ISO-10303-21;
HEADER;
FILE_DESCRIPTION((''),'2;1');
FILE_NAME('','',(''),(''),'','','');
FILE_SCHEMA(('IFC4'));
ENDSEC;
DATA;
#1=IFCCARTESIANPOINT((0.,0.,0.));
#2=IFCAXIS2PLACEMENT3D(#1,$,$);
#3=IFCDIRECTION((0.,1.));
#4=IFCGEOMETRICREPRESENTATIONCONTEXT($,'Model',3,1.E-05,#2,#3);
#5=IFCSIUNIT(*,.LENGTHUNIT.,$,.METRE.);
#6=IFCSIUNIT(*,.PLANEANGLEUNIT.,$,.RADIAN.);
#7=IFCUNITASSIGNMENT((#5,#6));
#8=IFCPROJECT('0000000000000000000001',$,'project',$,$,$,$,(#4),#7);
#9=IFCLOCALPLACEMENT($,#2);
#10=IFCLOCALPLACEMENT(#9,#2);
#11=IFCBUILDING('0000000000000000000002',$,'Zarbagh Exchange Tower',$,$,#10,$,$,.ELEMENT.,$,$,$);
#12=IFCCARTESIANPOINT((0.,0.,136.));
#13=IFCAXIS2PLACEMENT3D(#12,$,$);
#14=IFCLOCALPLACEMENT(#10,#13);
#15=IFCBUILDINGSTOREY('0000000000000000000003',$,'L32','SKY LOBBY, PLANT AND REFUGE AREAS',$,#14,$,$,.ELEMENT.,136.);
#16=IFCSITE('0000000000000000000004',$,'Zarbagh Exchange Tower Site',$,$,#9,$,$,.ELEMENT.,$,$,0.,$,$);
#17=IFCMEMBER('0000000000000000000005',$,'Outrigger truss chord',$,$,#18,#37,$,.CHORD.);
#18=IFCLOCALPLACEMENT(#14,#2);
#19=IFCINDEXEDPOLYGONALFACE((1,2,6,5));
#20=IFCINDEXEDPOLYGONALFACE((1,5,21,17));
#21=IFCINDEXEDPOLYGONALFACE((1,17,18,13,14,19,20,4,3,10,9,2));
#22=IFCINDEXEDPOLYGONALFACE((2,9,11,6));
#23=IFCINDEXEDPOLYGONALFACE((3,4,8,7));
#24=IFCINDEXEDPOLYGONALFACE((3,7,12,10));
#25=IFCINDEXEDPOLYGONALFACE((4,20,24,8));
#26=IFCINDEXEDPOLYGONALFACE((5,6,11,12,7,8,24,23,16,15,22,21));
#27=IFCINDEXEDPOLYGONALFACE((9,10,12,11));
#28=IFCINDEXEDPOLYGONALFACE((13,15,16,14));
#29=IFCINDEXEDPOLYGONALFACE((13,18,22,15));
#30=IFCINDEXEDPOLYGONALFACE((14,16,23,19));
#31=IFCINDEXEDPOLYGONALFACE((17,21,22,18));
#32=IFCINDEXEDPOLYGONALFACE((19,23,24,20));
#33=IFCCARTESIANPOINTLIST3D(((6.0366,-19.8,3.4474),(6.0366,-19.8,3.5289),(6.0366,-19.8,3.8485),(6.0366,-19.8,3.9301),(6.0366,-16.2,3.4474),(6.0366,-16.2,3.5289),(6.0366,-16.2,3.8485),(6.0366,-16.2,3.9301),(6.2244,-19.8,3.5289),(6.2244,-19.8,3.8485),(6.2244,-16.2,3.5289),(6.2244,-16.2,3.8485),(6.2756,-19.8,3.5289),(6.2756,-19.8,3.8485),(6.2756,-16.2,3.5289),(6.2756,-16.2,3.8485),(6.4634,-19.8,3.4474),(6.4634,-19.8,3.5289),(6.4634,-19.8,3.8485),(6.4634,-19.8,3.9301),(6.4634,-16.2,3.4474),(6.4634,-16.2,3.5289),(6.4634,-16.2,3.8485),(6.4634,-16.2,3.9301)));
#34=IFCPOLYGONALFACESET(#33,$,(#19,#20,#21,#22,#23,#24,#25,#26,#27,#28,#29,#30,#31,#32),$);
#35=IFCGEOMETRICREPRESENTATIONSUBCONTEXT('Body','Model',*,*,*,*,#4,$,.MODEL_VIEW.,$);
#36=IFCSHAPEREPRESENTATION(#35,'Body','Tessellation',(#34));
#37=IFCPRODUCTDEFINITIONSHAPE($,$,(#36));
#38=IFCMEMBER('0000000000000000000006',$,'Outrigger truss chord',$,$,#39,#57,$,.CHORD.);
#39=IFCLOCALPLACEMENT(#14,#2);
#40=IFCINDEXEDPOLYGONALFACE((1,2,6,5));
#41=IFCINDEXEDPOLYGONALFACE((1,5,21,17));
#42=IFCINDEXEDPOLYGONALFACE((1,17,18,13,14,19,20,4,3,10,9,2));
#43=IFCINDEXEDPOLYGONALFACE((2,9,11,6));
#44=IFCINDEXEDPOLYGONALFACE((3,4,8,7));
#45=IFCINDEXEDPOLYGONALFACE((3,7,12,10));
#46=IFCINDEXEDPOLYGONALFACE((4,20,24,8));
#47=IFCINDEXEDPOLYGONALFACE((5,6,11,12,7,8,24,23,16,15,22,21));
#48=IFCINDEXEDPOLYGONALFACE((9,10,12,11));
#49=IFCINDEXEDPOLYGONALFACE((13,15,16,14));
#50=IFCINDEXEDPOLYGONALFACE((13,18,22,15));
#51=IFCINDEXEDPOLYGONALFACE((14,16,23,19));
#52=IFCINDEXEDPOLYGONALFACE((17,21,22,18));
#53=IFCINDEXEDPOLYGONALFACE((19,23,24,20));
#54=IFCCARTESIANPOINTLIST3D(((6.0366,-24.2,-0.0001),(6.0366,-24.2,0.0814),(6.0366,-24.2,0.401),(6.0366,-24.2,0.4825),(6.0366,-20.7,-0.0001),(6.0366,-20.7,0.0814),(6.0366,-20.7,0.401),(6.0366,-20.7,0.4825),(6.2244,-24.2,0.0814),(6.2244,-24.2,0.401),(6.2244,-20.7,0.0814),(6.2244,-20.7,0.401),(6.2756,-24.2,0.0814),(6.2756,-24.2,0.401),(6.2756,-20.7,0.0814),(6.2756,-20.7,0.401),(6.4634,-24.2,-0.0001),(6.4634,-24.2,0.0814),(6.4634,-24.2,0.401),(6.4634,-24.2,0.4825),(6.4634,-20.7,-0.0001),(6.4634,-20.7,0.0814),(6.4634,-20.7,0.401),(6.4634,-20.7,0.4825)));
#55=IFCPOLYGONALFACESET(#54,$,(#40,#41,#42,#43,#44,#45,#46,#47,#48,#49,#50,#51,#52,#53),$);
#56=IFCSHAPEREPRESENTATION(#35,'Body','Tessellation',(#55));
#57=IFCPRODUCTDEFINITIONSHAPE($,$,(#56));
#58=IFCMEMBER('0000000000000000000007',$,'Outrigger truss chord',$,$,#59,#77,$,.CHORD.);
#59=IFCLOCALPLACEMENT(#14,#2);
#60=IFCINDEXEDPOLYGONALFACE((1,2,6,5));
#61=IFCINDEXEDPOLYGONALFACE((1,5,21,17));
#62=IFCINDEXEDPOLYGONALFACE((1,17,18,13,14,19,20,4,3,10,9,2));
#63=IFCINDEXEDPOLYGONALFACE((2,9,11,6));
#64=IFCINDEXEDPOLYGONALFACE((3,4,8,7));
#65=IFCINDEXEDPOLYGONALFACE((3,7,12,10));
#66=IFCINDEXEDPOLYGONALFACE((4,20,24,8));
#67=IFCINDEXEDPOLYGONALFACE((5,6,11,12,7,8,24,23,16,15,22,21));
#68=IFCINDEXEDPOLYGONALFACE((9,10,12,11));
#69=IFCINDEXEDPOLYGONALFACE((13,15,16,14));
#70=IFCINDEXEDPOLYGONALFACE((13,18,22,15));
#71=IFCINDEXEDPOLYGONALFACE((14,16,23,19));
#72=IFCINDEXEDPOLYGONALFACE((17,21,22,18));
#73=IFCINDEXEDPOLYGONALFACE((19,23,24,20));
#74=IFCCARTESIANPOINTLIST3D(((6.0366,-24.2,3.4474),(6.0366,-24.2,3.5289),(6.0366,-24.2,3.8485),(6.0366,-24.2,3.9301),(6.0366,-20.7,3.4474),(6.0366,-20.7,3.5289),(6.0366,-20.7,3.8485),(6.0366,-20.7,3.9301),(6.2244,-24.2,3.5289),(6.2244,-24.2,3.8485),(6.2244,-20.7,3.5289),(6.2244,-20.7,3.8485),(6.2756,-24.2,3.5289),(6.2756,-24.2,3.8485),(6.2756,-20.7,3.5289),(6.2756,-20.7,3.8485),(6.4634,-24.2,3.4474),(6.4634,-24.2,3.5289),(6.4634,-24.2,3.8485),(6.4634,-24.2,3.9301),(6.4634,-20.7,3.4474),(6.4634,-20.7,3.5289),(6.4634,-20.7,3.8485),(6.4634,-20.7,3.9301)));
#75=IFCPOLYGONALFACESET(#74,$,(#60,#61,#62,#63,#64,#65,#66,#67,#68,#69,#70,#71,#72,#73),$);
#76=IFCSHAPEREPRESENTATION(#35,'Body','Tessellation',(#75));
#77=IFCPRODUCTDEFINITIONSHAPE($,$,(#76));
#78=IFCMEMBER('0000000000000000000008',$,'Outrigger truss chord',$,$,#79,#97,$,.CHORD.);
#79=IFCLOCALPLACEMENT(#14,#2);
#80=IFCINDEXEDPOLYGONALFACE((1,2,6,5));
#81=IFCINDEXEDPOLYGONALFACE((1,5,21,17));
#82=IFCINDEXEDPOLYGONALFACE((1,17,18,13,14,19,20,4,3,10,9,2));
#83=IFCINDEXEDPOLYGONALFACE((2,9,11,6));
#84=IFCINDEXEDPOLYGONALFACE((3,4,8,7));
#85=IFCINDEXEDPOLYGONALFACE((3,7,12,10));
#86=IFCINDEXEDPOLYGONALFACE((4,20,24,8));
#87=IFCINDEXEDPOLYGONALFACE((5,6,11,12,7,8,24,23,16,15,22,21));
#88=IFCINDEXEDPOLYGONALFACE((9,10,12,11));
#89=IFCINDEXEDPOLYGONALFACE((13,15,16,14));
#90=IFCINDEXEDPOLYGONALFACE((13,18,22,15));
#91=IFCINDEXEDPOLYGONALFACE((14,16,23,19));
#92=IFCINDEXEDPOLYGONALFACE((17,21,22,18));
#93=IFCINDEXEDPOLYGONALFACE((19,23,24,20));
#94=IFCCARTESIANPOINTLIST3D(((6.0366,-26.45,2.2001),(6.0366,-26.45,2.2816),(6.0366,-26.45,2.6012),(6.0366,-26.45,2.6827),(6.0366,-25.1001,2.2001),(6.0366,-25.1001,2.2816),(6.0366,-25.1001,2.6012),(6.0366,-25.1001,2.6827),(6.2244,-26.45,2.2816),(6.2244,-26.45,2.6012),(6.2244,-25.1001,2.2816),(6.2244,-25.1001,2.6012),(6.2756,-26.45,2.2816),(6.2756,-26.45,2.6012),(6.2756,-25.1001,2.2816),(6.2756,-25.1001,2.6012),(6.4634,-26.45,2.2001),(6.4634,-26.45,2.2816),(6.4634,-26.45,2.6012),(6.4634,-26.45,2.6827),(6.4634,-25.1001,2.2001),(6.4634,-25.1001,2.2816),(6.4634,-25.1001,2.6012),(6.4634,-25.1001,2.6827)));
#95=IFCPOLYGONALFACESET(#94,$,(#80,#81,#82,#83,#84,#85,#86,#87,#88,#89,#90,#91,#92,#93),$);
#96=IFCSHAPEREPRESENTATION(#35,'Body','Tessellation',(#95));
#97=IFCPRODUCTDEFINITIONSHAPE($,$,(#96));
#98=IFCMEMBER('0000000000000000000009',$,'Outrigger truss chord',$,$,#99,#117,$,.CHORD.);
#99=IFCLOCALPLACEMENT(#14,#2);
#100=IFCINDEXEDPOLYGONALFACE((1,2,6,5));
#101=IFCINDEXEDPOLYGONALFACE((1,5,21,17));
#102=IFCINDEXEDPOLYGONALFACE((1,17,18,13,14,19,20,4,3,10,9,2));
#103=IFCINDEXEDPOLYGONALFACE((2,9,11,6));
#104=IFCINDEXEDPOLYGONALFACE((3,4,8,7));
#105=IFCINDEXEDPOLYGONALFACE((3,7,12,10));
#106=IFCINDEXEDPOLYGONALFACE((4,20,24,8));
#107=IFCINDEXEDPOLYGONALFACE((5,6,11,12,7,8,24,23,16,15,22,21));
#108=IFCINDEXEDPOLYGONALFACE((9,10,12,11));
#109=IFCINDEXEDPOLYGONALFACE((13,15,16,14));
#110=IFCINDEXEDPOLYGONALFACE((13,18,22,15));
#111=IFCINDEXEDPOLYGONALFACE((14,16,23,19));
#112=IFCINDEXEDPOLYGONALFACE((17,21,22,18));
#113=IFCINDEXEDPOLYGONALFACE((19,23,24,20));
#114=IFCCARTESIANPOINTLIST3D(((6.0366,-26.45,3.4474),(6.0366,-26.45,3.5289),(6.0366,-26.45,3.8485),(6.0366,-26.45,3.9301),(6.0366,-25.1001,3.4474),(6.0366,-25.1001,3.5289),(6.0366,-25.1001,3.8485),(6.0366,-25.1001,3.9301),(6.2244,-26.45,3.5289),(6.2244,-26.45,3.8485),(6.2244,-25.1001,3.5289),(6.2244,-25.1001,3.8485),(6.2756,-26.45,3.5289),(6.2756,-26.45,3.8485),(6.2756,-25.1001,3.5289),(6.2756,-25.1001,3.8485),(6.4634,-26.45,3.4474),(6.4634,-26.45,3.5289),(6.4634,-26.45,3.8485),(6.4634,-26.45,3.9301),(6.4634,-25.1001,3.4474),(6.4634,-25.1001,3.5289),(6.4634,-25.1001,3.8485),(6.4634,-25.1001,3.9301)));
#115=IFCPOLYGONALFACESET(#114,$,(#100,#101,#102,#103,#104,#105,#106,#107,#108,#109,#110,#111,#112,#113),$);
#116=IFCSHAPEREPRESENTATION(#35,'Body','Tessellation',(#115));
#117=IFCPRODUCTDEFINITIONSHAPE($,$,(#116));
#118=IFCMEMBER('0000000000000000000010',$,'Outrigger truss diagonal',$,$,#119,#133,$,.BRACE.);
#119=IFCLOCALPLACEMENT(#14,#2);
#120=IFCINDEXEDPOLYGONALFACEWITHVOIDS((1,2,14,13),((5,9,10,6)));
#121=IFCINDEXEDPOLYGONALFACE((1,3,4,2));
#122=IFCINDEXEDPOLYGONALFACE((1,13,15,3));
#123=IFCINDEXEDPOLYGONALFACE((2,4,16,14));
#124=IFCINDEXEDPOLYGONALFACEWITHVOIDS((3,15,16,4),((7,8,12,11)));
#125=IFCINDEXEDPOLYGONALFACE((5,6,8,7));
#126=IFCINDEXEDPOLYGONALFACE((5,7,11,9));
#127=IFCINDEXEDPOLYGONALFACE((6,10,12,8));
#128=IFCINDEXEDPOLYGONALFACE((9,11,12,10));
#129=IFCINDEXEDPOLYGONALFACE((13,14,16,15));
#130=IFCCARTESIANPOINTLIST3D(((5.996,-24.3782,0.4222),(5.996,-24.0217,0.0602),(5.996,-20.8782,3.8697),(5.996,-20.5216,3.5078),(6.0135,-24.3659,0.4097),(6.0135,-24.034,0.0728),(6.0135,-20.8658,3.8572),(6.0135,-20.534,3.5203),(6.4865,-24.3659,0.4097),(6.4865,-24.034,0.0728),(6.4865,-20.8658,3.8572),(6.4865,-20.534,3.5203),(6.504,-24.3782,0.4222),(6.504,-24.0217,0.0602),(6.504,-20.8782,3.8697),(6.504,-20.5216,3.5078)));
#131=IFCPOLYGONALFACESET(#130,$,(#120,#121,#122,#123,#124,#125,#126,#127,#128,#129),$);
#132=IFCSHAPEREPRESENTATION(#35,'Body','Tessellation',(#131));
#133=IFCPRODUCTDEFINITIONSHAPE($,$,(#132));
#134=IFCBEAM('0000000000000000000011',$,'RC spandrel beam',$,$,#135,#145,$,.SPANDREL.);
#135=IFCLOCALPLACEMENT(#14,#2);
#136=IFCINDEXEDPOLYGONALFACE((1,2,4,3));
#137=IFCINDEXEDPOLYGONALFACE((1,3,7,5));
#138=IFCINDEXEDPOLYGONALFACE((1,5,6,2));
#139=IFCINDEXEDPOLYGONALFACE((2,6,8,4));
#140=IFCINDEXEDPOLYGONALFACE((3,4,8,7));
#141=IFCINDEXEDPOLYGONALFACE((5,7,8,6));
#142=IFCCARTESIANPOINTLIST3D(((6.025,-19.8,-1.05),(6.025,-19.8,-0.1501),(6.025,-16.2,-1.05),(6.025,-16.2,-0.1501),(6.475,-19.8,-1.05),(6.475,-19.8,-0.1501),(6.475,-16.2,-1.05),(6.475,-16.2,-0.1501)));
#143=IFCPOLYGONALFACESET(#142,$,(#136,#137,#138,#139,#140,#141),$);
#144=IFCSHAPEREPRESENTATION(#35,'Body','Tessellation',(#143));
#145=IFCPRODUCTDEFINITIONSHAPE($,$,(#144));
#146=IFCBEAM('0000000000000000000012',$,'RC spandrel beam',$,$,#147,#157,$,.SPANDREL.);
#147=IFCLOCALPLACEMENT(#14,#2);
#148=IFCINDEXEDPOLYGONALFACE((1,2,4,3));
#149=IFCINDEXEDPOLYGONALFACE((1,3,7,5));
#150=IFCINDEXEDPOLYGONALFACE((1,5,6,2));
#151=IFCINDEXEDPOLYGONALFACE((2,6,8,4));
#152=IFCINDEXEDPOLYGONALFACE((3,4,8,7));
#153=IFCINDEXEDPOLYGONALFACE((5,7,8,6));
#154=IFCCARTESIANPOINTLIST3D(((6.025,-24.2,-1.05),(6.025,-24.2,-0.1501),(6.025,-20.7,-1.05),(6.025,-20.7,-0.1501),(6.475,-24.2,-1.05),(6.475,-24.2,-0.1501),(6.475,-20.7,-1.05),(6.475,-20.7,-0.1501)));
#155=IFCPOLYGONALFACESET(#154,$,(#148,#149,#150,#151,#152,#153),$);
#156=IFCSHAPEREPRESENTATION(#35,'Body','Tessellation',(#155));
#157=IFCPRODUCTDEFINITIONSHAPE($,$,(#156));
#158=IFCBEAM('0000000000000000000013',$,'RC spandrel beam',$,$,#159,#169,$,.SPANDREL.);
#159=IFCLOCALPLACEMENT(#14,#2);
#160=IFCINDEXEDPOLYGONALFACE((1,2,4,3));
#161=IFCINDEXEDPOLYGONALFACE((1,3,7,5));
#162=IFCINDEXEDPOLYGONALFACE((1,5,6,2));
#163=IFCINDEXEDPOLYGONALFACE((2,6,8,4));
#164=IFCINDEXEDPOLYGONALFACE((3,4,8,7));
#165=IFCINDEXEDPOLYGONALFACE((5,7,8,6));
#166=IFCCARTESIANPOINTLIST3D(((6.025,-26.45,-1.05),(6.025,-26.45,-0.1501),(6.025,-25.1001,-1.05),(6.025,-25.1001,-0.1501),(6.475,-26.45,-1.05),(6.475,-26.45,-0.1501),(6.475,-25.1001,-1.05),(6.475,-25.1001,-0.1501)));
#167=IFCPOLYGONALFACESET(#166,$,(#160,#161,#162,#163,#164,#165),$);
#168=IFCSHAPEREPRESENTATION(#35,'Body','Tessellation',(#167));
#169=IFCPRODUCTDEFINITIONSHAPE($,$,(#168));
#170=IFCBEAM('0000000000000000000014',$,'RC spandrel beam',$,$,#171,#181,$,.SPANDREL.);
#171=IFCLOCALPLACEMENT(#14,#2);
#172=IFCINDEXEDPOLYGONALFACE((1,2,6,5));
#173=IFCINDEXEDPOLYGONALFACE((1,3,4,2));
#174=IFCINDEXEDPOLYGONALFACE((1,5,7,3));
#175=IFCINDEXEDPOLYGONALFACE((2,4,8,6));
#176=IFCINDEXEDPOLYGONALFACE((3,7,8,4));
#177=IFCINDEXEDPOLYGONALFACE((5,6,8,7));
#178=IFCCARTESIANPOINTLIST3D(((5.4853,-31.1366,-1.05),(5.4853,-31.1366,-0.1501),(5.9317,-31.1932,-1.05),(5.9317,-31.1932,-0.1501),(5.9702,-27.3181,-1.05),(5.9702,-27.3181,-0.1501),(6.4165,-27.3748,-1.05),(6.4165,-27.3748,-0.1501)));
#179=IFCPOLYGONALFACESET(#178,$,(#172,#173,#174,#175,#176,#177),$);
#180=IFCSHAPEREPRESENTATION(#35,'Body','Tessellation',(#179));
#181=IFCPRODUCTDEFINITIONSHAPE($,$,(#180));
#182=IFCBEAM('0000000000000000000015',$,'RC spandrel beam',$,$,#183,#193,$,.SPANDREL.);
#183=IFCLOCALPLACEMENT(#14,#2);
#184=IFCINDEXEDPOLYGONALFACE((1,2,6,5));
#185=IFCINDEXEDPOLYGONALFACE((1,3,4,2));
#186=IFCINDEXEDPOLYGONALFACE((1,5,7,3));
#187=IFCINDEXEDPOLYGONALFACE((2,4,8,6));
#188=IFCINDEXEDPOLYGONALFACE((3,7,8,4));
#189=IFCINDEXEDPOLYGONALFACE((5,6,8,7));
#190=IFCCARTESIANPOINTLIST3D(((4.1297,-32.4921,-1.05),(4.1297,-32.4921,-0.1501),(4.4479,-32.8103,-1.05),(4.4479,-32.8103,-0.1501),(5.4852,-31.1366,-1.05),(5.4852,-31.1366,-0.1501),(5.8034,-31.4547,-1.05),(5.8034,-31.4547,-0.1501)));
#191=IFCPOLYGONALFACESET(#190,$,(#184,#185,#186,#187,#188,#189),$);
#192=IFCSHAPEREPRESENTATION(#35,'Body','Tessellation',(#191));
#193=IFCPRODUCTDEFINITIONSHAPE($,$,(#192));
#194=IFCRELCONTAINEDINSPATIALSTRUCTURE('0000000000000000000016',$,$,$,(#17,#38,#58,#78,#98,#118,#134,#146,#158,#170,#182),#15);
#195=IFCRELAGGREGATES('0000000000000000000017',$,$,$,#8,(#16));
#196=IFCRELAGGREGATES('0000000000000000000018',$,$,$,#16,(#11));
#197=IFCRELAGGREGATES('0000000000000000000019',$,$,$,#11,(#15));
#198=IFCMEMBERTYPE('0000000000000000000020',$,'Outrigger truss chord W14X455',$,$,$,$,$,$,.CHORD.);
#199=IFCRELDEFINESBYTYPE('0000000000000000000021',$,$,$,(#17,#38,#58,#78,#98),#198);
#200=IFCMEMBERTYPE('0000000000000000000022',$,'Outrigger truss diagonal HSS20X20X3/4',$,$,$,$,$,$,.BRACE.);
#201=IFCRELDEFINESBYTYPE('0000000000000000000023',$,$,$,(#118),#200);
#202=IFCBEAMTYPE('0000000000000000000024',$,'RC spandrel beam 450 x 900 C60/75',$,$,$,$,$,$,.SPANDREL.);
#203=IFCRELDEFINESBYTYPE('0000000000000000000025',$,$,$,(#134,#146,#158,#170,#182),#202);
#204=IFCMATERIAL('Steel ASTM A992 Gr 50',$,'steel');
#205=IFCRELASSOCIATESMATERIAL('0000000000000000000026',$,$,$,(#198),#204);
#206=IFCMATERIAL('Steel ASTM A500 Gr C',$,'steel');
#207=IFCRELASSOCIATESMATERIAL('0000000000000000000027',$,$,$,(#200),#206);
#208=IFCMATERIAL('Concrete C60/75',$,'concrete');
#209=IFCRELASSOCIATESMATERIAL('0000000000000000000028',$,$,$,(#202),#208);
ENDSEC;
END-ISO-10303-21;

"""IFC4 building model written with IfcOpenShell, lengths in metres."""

from ifc_helpers import new_model, si_unit, direction, frame, origin, origin_2d, place, context, subcontext, project, spatial, rectangle, hollow_rectangle, i_section, extrude, material, material_profile, profile_set, type_object, element, save


model = new_model("IFC4")

# Units and contexts
model_context = context("Model", 3, precision=1e-05, world=origin(), true_north=direction((0.0, 1.0)))
body_context = subcontext(model_context, "Body", "Model", "MODEL_VIEW")
ifc_project = project(units=[si_unit("LENGTHUNIT", "METRE"), si_unit("PLANEANGLEUNIT", "RADIAN")], contexts=[model_context])

# Site, building, storey
site_placement = place(None, origin())
site = spatial("IfcSite", under=ifc_project, at=site_placement, Name="Zarbagh Exchange Tower Site", CompositionType="ELEMENT", RefElevation=0.0)
building_placement = place(site_placement, origin())
building = spatial("IfcBuilding", under=site, at=building_placement, Name="Zarbagh Exchange Tower", CompositionType="ELEMENT")
storey_placement = place(building_placement, frame((0.0, 0.0, 136.0)))
storey = spatial("IfcBuildingStorey", under=building, at=storey_placement, Name="L32", Description="SKY LOBBY, PLANT AND REFUGE AREAS", CompositionType="ELEMENT", Elevation=136.0)

# Shared definitions
ifc_material_1 = material(Name="Concrete C60/75", Category="concrete")

# Members
ifc_material_2 = material(Name="Steel ASTM A992 Gr 50", Category="steel")
ifc_material_3 = material(Name="Steel ASTM A500 Gr C", Category="steel")
ifc_material_profile_1 = material_profile(ifc_material_2, i_section(OverallWidth=0.4268, OverallDepth=0.4827, WebThickness=0.0513, FlangeThickness=0.0815, at=origin_2d()), Name="W14X455")
ifc_profile_set_1 = profile_set([ifc_material_profile_1], Name="Steel ASTM A992 Gr 50")
member_type_1 = type_object("IfcMemberType", Name="Outrigger truss chord W14X455", PredefinedType="CHORD", material=ifc_profile_set_1)
for number, where, z_axis, x_axis, name in (
    (1, (6.25, -16.2, 3.6887), (0.0, -1.0, 0.0), (1.0, 0.0, 0.0), "Outrigger truss chord"),
):
    element("IfcMember", number, at=place(storey_placement, frame(where, z_axis=z_axis, x_axis=x_axis)), inside=storey, type_object=member_type_1, Name=name, PredefinedType="CHORD", context=body_context, shape_type="SweptSolid", body=[
        extrude(i_section(OverallWidth=0.4268, OverallDepth=0.4827, WebThickness=0.0513, FlangeThickness=0.0815, at=origin_2d()), origin(), (0.0, 0.0, 1.0), 3.6001),
    ])
for number, where, z_axis, x_axis, name in (
    (2, (6.25, -20.7, 0.2412), (0.0, -1.0, 0.0), (1.0, 0.0, 0.0), "Outrigger truss chord"),
    (3, (6.25, -20.7, 3.6887), (0.0, -1.0, 0.0), (1.0, 0.0, 0.0), "Outrigger truss chord"),
):
    element("IfcMember", number, at=place(storey_placement, frame(where, z_axis=z_axis, x_axis=x_axis)), inside=storey, type_object=member_type_1, Name=name, PredefinedType="CHORD", context=body_context, shape_type="SweptSolid", body=[
        extrude(i_section(OverallWidth=0.4268, OverallDepth=0.4827, WebThickness=0.0513, FlangeThickness=0.0815, at=origin_2d()), origin(), (0.0, 0.0, 1.0), 3.5),
    ])
for number, where, z_axis, x_axis, name in (
    (4, (6.25, -25.1001, 2.4414), (0.0, -1.0, 0.0), (1.0, 0.0, 0.0), "Outrigger truss chord"),
    (5, (6.25, -25.1001, 3.6887), (0.0, -1.0, 0.0), (1.0, 0.0, 0.0), "Outrigger truss chord"),
):
    element("IfcMember", number, at=place(storey_placement, frame(where, z_axis=z_axis, x_axis=x_axis)), inside=storey, type_object=member_type_1, Name=name, PredefinedType="CHORD", context=body_context, shape_type="SweptSolid", body=[
        extrude(i_section(OverallWidth=0.4268, OverallDepth=0.4827, WebThickness=0.0513, FlangeThickness=0.0815, at=origin_2d()), origin(), (0.0, 0.0, 1.0), 1.3499),
    ])
ifc_material_profile_2 = material_profile(ifc_material_3, hollow_rectangle(XDim=0.5081, YDim=0.5081, WallThickness=0.0176, at=origin_2d()), Name="HSS20X20X3/4")
ifc_profile_set_2 = profile_set([ifc_material_profile_2], Name="Steel ASTM A500 Gr C")
member_type_2 = type_object("IfcMemberType", Name="Outrigger truss diagonal HSS20X20X3/4", PredefinedType="BRACE", material=ifc_profile_set_2)
member_1_placement = place(storey_placement, frame((6.25, -24.2, 0.2412), z_axis=(0.0, 0.712429, 0.701744), x_axis=(-1.0, 0.0, 0.0)))
element("IfcMember", 6, at=member_1_placement, inside=storey, type_object=member_type_2, Name="Outrigger truss diagonal", PredefinedType="BRACE", context=body_context, shape_type="SweptSolid", body=[
    extrude(hollow_rectangle(XDim=0.5081, YDim=0.5081, WallThickness=0.0176, at=origin_2d()), origin(), (0.0, 0.0, 1.0), 4.9128),
])

# Beams
ifc_material_profile_3 = material_profile(ifc_material_1, rectangle(XDim=0.45, YDim=0.8999, at=origin_2d()), Name="RC spandrel beam 450 x 900 C60/75")
ifc_profile_set_3 = profile_set([ifc_material_profile_3], Name="Concrete C60/75")
beam_type = type_object("IfcBeamType", Name="RC spandrel beam 450 x 900 C60/75", PredefinedType="SPANDREL", material=ifc_profile_set_3)
beam_1_placement = place(storey_placement, frame((6.25, -16.2, -0.6001), z_axis=(0.0, -1.0, 0.0), x_axis=(1.0, 0.0, 0.0)))
element("IfcBeam", 7, at=beam_1_placement, inside=storey, type_object=beam_type, Name="RC spandrel beam", PredefinedType="SPANDREL", context=body_context, shape_type="SweptSolid", body=[
    extrude(rectangle(XDim=0.45, YDim=0.8999, at=origin_2d()), origin(), (0.0, 0.0, 1.0), 3.6001),
])
beam_2_placement = place(storey_placement, frame((6.25, -20.7, -0.6001), z_axis=(0.0, -1.0, 0.0), x_axis=(1.0, 0.0, 0.0)))
element("IfcBeam", 8, at=beam_2_placement, inside=storey, type_object=beam_type, Name="RC spandrel beam", PredefinedType="SPANDREL", context=body_context, shape_type="SweptSolid", body=[
    extrude(rectangle(XDim=0.45, YDim=0.8999, at=origin_2d()), origin(), (0.0, 0.0, 1.0), 3.5),
])
beam_3_placement = place(storey_placement, frame((6.25, -25.1001, -0.6001), z_axis=(0.0, -1.0, 0.0), x_axis=(1.0, 0.0, 0.0)))
element("IfcBeam", 9, at=beam_3_placement, inside=storey, type_object=beam_type, Name="RC spandrel beam", PredefinedType="SPANDREL", context=body_context, shape_type="SweptSolid", body=[
    extrude(rectangle(XDim=0.45, YDim=0.8999, at=origin_2d()), origin(), (0.0, 0.0, 1.0), 1.3499),
])
beam_4_placement = place(storey_placement, frame((6.1934, -27.3464, -0.6001), z_axis=(-0.125971, -0.992034, 0.0), x_axis=(0.992034, -0.125971, 0.0)))
element("IfcBeam", 10, at=beam_4_placement, inside=storey, type_object=beam_type, Name="RC spandrel beam", PredefinedType="SPANDREL", context=body_context, shape_type="SweptSolid", body=[
    extrude(rectangle(XDim=0.45, YDim=0.8999, at=origin_2d()), origin(), (0.0, 0.0, 1.0), 3.8491),
])
beam_5_placement = place(storey_placement, frame((5.6443, -31.2957, -0.6001), z_axis=(-0.707107, -0.707107, 0.0), x_axis=(0.707107, -0.707107, 0.0)))
element("IfcBeam", 11, at=beam_5_placement, inside=storey, type_object=beam_type, Name="RC spandrel beam", PredefinedType="SPANDREL", context=body_context, shape_type="SweptSolid", body=[
    extrude(rectangle(XDim=0.45, YDim=0.8999, at=origin_2d()), origin(), (0.0, 0.0, 1.0), 1.917),
])

save(model, "model.ifc")
